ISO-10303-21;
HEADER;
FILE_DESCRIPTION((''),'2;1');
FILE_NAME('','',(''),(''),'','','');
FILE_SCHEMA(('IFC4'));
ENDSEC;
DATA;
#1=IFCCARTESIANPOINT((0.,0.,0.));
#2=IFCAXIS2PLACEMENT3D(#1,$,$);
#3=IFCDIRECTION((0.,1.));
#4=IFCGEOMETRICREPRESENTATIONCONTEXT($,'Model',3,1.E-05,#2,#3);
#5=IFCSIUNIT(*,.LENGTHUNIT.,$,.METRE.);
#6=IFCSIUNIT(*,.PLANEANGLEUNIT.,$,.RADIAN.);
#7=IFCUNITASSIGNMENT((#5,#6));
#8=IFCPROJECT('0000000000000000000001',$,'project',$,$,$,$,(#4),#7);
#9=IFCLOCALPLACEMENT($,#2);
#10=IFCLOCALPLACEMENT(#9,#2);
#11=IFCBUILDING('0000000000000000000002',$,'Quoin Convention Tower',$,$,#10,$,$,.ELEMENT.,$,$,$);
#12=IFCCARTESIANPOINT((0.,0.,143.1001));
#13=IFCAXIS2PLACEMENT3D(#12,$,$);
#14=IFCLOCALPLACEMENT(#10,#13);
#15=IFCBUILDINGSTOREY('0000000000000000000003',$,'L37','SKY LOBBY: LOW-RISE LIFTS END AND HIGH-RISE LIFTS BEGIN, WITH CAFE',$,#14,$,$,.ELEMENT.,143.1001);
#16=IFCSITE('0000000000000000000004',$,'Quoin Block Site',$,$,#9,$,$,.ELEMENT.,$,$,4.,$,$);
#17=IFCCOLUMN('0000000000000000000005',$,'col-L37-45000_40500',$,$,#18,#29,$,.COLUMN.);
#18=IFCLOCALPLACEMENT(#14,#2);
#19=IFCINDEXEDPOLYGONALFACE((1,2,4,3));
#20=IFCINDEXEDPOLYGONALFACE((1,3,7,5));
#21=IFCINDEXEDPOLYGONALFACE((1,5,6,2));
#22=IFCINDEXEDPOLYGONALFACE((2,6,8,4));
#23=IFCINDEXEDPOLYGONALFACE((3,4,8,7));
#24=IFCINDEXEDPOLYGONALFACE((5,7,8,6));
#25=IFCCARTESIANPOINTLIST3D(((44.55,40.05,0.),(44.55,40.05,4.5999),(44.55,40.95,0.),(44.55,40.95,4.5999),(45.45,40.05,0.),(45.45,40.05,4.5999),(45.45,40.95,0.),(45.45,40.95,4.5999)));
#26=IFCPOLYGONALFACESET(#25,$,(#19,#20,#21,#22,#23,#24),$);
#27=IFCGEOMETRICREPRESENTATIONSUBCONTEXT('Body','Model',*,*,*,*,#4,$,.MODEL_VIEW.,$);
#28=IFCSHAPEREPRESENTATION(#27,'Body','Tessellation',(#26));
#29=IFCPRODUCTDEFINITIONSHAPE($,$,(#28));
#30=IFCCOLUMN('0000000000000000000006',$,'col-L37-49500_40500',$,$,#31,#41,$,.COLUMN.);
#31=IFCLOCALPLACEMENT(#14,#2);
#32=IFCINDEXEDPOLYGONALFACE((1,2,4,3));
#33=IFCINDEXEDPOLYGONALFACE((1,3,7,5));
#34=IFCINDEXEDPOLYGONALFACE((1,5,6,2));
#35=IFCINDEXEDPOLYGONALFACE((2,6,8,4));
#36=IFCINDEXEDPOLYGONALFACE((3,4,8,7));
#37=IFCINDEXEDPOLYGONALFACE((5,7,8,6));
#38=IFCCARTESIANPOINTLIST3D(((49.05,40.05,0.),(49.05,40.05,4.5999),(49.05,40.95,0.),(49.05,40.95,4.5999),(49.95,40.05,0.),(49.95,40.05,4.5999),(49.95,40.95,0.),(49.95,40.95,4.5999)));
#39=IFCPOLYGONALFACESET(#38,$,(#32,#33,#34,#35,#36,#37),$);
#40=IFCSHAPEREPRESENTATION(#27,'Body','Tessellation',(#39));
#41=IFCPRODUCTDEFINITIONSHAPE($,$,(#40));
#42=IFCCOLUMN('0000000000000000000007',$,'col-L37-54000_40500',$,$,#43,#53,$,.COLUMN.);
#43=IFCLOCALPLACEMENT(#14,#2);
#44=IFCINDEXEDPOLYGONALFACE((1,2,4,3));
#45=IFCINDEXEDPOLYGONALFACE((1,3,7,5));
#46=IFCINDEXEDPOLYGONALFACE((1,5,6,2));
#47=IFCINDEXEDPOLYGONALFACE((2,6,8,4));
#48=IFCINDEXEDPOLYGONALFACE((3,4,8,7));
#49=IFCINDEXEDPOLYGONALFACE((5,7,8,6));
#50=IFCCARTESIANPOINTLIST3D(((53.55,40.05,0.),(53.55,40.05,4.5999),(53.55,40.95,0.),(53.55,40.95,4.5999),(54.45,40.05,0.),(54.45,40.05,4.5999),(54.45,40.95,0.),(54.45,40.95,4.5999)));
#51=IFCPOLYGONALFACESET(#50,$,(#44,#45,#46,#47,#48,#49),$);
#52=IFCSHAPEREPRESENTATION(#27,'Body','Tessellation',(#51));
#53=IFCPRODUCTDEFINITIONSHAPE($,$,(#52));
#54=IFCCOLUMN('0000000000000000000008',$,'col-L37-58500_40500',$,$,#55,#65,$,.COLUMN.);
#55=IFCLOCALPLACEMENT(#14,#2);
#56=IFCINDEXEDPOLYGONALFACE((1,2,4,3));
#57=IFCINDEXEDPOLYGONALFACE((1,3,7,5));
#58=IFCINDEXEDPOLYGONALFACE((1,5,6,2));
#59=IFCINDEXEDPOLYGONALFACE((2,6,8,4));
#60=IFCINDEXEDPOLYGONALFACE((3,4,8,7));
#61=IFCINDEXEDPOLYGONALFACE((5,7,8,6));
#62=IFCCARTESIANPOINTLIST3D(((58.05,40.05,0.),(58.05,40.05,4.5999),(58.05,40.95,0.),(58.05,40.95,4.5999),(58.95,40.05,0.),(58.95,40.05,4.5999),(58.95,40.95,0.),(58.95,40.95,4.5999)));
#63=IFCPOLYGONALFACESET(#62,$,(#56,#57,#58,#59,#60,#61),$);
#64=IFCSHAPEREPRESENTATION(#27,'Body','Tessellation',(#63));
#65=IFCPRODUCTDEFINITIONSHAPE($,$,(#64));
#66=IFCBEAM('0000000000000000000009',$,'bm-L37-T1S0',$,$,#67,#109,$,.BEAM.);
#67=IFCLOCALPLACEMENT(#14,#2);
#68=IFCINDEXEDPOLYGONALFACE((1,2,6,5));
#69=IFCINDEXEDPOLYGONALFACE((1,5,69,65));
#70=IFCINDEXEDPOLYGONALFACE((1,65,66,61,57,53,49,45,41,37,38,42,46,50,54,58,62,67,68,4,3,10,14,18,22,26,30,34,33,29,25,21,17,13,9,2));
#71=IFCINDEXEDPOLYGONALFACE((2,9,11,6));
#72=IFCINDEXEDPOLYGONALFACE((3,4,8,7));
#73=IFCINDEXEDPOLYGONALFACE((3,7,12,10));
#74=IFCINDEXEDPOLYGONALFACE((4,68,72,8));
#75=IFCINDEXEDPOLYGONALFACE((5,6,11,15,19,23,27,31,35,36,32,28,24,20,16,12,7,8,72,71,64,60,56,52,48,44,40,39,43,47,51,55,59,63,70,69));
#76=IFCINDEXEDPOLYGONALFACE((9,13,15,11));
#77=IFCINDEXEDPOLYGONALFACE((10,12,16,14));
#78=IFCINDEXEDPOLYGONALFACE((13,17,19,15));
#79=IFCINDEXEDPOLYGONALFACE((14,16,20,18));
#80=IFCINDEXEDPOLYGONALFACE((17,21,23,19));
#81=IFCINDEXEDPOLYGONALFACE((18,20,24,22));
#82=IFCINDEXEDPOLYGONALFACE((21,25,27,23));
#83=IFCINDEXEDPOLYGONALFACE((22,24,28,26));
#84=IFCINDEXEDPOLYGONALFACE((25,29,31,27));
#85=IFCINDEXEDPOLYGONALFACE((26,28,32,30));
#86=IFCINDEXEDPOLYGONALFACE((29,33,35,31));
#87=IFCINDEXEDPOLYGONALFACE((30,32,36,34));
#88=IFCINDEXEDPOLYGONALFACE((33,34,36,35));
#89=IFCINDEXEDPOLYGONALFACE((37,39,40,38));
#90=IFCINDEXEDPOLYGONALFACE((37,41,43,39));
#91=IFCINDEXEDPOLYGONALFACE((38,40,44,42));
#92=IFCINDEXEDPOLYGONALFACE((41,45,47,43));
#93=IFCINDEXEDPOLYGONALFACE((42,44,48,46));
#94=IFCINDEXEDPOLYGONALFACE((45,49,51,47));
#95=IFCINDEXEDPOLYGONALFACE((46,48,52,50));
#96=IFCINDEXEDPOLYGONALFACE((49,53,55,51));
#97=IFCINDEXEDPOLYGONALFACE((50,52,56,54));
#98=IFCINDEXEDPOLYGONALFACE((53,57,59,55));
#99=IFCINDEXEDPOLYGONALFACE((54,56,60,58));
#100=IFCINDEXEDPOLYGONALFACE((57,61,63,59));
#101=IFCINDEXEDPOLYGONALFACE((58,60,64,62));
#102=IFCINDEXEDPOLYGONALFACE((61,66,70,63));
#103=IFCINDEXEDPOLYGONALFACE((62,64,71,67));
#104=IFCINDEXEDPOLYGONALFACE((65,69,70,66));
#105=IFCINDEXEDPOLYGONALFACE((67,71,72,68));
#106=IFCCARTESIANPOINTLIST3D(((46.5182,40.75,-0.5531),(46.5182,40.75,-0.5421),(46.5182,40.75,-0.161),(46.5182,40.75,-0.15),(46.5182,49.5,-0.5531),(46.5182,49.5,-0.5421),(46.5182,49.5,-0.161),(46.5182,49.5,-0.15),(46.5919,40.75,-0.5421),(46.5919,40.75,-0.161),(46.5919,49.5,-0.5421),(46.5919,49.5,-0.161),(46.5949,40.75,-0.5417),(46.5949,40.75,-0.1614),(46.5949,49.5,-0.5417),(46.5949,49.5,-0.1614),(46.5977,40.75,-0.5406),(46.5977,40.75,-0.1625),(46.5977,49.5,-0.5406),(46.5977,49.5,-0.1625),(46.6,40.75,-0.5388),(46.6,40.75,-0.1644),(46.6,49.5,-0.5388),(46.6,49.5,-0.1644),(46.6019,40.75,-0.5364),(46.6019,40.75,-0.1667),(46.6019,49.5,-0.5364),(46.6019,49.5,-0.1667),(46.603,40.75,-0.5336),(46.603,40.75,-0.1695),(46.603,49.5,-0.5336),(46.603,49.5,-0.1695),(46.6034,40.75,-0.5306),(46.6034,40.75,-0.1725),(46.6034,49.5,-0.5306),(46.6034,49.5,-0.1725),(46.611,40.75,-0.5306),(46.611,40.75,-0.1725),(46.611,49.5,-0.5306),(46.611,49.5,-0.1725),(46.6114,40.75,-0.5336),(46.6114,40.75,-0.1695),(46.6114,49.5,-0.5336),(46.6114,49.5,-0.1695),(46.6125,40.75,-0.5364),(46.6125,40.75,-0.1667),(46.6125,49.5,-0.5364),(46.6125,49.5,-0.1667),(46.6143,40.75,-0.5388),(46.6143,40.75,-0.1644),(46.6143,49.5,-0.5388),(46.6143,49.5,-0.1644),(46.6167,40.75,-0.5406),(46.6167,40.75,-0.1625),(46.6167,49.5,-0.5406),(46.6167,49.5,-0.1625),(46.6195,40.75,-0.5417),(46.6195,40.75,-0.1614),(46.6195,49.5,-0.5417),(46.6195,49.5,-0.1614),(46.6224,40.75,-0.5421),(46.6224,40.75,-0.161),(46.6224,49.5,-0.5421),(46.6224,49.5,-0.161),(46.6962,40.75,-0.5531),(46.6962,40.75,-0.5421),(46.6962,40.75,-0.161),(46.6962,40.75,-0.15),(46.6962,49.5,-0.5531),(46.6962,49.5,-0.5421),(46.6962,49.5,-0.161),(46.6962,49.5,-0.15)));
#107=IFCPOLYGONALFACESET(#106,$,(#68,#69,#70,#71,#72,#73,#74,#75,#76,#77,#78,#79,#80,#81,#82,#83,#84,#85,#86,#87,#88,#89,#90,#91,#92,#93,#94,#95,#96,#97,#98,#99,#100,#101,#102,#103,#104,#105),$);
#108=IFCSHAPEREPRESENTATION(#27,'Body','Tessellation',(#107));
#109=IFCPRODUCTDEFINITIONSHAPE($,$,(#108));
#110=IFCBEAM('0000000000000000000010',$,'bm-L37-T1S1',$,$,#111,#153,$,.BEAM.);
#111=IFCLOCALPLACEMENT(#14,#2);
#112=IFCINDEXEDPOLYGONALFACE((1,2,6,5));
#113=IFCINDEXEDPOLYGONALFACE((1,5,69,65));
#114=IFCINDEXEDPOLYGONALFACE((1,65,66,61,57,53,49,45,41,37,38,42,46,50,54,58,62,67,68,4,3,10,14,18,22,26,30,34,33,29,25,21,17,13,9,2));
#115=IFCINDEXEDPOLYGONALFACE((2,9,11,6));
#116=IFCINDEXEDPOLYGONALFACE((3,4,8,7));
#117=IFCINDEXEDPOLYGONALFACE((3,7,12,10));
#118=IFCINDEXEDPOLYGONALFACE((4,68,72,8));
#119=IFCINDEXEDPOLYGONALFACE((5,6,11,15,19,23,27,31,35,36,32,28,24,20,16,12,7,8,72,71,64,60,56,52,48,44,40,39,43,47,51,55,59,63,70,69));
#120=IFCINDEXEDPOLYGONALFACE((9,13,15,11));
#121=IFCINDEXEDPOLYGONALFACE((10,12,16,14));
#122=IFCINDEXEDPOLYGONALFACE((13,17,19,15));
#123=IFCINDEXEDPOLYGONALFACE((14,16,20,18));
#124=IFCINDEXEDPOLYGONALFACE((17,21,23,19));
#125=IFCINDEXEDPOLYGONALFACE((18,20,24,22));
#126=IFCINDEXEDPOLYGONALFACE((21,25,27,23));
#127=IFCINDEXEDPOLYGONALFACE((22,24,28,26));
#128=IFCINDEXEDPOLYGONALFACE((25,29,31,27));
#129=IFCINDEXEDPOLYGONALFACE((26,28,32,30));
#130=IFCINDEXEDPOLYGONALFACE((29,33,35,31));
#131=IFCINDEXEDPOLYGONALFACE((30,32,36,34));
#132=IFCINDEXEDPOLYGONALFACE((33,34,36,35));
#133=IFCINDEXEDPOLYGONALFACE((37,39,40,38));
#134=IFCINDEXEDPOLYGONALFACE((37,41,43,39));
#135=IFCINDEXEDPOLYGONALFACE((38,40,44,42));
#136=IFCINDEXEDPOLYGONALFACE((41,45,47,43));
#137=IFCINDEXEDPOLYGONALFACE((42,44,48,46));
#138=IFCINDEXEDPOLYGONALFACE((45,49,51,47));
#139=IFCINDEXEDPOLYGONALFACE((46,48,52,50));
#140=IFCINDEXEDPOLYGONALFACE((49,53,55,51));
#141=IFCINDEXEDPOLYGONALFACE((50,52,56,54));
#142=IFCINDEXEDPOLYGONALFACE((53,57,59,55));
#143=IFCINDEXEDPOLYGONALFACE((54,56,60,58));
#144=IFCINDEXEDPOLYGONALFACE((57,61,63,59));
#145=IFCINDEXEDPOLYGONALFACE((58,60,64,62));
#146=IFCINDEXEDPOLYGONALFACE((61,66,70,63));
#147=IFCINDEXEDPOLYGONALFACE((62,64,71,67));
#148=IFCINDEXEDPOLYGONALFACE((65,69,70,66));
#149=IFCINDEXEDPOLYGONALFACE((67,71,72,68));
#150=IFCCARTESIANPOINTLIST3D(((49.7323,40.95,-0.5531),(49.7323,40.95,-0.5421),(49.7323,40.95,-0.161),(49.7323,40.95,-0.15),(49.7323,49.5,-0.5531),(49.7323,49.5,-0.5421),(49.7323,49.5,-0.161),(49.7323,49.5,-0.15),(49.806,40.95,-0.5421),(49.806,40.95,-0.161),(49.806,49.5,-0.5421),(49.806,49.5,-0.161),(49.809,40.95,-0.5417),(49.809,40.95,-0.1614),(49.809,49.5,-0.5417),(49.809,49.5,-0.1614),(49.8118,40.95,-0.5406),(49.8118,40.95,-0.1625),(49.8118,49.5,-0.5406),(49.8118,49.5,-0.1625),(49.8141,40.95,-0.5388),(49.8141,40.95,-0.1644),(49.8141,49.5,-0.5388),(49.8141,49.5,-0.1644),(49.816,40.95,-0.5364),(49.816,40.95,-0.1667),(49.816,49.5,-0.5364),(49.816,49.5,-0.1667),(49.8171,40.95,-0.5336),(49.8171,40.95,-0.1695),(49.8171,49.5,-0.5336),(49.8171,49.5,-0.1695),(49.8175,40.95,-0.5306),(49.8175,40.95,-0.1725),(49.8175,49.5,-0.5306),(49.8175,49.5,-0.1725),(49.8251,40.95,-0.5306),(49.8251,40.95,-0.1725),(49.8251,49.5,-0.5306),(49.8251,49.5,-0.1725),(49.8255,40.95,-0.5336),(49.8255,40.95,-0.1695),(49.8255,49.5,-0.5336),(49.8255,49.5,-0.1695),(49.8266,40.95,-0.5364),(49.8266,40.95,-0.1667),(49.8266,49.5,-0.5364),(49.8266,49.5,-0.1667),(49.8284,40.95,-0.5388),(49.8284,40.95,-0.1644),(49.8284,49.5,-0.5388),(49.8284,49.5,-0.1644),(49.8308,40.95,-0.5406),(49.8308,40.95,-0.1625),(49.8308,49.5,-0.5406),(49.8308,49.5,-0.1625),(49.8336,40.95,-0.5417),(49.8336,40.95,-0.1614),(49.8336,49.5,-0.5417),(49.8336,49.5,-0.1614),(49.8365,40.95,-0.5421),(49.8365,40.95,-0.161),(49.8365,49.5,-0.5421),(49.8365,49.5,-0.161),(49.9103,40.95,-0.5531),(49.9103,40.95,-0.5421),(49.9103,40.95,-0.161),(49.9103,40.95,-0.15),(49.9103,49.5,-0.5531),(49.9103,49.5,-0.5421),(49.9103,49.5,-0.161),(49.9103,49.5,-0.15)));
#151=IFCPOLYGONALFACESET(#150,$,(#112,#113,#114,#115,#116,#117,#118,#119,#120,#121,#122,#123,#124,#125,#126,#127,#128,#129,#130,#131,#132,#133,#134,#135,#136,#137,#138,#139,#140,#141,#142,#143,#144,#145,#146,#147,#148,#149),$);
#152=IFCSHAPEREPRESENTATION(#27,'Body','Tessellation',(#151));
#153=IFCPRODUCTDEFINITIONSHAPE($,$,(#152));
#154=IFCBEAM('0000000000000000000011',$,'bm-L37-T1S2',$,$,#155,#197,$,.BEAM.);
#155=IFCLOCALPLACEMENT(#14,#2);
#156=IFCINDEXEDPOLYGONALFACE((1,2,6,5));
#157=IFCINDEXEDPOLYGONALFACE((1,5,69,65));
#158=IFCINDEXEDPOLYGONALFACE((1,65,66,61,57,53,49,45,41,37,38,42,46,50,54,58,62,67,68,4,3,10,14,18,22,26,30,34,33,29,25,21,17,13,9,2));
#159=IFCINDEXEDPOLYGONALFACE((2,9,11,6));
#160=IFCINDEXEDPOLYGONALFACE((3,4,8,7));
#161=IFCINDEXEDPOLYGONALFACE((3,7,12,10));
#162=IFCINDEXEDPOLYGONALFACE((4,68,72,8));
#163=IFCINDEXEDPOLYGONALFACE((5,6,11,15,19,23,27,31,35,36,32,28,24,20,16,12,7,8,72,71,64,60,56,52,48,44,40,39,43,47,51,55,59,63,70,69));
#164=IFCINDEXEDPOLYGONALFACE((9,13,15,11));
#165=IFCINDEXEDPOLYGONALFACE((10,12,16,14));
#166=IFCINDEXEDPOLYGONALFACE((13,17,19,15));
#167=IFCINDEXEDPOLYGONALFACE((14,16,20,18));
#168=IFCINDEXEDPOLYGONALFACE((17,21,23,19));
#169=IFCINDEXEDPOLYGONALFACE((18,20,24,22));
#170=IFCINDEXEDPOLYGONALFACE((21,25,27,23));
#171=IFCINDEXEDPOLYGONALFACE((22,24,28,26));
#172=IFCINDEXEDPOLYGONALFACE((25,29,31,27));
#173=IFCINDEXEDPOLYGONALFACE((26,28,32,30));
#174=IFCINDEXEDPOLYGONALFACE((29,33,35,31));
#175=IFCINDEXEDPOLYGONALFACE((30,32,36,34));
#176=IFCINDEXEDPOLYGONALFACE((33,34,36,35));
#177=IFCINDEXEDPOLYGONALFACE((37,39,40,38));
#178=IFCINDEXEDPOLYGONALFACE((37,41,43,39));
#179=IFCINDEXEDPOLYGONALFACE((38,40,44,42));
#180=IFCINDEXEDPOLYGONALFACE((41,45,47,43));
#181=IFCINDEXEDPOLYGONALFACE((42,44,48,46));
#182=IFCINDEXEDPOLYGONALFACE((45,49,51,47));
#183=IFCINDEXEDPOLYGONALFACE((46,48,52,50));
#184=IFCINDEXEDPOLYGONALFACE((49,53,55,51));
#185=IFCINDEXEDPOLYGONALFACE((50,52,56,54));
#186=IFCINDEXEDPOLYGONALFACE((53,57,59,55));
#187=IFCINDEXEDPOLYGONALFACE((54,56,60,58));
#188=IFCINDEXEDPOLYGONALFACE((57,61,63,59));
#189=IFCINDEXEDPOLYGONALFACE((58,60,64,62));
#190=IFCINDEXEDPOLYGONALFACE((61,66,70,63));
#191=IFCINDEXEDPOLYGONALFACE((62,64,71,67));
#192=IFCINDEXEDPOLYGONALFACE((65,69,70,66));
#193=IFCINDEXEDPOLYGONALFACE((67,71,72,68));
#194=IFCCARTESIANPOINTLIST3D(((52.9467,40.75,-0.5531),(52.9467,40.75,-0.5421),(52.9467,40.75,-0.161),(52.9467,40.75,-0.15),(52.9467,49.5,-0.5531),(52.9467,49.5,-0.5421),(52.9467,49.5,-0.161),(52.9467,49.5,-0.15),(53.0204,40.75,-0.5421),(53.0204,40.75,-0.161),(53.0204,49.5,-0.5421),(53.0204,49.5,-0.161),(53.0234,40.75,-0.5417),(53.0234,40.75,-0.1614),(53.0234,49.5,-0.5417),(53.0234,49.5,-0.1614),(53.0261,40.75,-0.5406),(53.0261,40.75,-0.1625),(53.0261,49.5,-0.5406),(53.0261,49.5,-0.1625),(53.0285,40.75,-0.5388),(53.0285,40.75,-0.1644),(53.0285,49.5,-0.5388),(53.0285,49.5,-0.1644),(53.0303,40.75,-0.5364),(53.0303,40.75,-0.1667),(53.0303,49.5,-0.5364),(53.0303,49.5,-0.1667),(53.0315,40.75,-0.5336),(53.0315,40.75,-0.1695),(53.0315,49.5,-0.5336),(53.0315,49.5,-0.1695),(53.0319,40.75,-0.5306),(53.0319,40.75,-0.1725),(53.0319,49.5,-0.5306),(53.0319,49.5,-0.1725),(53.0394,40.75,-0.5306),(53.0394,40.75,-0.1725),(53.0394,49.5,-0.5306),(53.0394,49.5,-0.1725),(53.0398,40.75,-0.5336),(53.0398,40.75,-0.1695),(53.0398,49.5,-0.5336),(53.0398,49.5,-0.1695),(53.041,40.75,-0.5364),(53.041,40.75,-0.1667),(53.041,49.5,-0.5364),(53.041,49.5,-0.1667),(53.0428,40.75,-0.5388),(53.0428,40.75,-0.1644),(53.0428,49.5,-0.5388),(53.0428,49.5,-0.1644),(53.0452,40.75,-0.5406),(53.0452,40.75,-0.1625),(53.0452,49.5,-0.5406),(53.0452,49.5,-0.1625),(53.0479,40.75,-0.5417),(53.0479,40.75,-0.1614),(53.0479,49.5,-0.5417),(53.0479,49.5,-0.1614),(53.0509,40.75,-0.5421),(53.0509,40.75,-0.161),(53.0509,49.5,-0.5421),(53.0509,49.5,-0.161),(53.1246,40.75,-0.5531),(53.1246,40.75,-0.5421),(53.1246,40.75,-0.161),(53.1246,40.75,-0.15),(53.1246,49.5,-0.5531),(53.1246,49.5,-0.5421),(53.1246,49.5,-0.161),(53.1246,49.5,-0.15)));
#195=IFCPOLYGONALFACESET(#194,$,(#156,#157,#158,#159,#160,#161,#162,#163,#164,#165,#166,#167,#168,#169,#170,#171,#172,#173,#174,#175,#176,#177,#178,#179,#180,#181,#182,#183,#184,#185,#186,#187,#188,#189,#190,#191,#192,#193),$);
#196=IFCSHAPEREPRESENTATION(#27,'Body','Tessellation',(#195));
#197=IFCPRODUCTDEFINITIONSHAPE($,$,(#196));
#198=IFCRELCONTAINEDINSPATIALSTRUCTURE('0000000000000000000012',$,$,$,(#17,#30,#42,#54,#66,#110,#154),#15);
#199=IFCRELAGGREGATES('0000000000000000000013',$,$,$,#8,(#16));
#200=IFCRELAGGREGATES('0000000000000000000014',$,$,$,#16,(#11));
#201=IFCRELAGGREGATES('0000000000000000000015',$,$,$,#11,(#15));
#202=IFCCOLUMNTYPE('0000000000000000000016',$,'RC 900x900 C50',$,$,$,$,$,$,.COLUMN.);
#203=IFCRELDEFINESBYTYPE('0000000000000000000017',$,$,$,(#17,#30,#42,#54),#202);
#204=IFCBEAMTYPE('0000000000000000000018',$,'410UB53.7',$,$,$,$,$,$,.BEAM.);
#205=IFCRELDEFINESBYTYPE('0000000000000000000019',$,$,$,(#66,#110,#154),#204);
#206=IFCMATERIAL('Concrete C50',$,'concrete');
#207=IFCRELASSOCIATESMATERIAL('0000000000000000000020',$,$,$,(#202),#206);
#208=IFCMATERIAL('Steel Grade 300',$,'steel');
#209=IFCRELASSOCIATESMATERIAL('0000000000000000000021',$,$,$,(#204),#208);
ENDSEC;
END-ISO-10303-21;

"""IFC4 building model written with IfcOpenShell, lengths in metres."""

from ifc_helpers import new_model, si_unit, direction, frame, origin, origin_2d, place, context, subcontext, project, spatial, rectangle, i_section, extrude, material, material_profile, profile_set, type_object, element, save


model = new_model("IFC4")

# Units and contexts
model_context = context("Model", 3, precision=1e-05, world=origin(), true_north=direction((0.0, 1.0)))
body_context = subcontext(model_context, "Body", "Model", "MODEL_VIEW")
ifc_project = project(units=[si_unit("LENGTHUNIT", "METRE"), si_unit("PLANEANGLEUNIT", "RADIAN")], contexts=[model_context])

# Site, building, storey
site_placement = place(None, origin())
site = spatial("IfcSite", under=ifc_project, at=site_placement, Name="Quoin Block Site", CompositionType="ELEMENT", RefElevation=4.0)
building_placement = place(site_placement, origin())
building = spatial("IfcBuilding", under=site, at=building_placement, Name="Quoin Convention Tower", CompositionType="ELEMENT")
storey_placement = place(building_placement, frame((0.0, 0.0, 143.1001)))
storey = spatial("IfcBuildingStorey", under=building, at=storey_placement, Name="L37", Description="SKY LOBBY: LOW-RISE LIFTS END AND HIGH-RISE LIFTS BEGIN, WITH CAFE", CompositionType="ELEMENT", Elevation=143.1001)

# Columns
ifc_material_1 = material(Name="Concrete C50", Category="concrete")
ifc_material_profile_1 = material_profile(ifc_material_1, rectangle(XDim=0.8999, YDim=0.8999, at=origin_2d()), Name="RC 900x900")
ifc_profile_set_1 = profile_set([ifc_material_profile_1], Name="Concrete C50")
column_type = type_object("IfcColumnType", Name="RC 900x900 C50", PredefinedType="COLUMN", material=ifc_profile_set_1)
for number, where, z_axis, x_axis, name in (
    (1, (45.0, 40.5, 0.0), (0.0, 0.0, 1.0), (1.0, 0.0, 0.0), "col-L37-45000_40500"),
    (2, (49.5, 40.5, 0.0), (0.0, 0.0, 1.0), (1.0, 0.0, 0.0), "col-L37-49500_40500"),
    (3, (54.0, 40.5, 0.0), (0.0, 0.0, 1.0), (1.0, 0.0, 0.0), "col-L37-54000_40500"),
    (4, (58.5, 40.5, 0.0), (0.0, 0.0, 1.0), (1.0, 0.0, 0.0), "col-L37-58500_40500"),
):
    element("IfcColumn", number, at=place(storey_placement, frame(where, z_axis=z_axis, x_axis=x_axis)), inside=storey, type_object=column_type, Name=name, PredefinedType="COLUMN", context=body_context, shape_type="SweptSolid", body=[
        extrude(rectangle(XDim=0.8999, YDim=0.8999, at=origin_2d()), origin(), (0.0, 0.0, 1.0), 4.5999),
    ])

# Beams
ifc_material_2 = material(Name="Steel Grade 300", Category="steel")
ifc_material_profile_2 = material_profile(ifc_material_2, i_section(OverallWidth=0.178, OverallDepth=0.4031, WebThickness=0.0076, FlangeThickness=0.011, FilletRadius=0.0115, at=origin_2d()), Name="410UB53.7")
ifc_profile_set_2 = profile_set([ifc_material_profile_2], Name="Steel Grade 300")
beam_type = type_object("IfcBeamType", Name="410UB53.7", PredefinedType="BEAM", material=ifc_profile_set_2)
beam_1_placement = place(storey_placement, frame((46.6072, 40.75, -0.3516), z_axis=(0.0, 1.0, 0.0), x_axis=(-1.0, 0.0, 0.0)))
element("IfcBeam", 5, at=beam_1_placement, inside=storey, type_object=beam_type, Name="bm-L37-T1S0", PredefinedType="BEAM", context=body_context, shape_type="SweptSolid", body=[
    extrude(i_section(OverallWidth=0.178, OverallDepth=0.4031, WebThickness=0.0076, FlangeThickness=0.011, FilletRadius=0.0115, at=origin_2d()), origin(), (0.0, 0.0, 1.0), 8.75),
])
beam_2_placement = place(storey_placement, frame((49.8213, 40.95, -0.3516), z_axis=(0.0, 1.0, 0.0), x_axis=(-1.0, 0.0, 0.0)))
element("IfcBeam", 6, at=beam_2_placement, inside=storey, type_object=beam_type, Name="bm-L37-T1S1", PredefinedType="BEAM", context=body_context, shape_type="SweptSolid", body=[
    extrude(i_section(OverallWidth=0.178, OverallDepth=0.4031, WebThickness=0.0076, FlangeThickness=0.011, FilletRadius=0.0115, at=origin_2d()), origin(), (0.0, 0.0, 1.0), 8.55),
])
for number, where, z_axis, x_axis, name in (
    (7, (53.0356, 40.75, -0.3516), (0.0, 1.0, 0.0), (-1.0, 0.0, 0.0), "bm-L37-T1S2"),
):
    element("IfcBeam", number, at=place(storey_placement, frame(where, z_axis=z_axis, x_axis=x_axis)), inside=storey, type_object=beam_type, Name=name, PredefinedType="BEAM", context=body_context, shape_type="SweptSolid", body=[
        extrude(i_section(OverallWidth=0.178, OverallDepth=0.4031, WebThickness=0.0076, FlangeThickness=0.011, FilletRadius=0.0115, at=origin_2d()), origin(), (0.0, 0.0, 1.0), 8.75),
    ])

save(model, "model.ifc")
